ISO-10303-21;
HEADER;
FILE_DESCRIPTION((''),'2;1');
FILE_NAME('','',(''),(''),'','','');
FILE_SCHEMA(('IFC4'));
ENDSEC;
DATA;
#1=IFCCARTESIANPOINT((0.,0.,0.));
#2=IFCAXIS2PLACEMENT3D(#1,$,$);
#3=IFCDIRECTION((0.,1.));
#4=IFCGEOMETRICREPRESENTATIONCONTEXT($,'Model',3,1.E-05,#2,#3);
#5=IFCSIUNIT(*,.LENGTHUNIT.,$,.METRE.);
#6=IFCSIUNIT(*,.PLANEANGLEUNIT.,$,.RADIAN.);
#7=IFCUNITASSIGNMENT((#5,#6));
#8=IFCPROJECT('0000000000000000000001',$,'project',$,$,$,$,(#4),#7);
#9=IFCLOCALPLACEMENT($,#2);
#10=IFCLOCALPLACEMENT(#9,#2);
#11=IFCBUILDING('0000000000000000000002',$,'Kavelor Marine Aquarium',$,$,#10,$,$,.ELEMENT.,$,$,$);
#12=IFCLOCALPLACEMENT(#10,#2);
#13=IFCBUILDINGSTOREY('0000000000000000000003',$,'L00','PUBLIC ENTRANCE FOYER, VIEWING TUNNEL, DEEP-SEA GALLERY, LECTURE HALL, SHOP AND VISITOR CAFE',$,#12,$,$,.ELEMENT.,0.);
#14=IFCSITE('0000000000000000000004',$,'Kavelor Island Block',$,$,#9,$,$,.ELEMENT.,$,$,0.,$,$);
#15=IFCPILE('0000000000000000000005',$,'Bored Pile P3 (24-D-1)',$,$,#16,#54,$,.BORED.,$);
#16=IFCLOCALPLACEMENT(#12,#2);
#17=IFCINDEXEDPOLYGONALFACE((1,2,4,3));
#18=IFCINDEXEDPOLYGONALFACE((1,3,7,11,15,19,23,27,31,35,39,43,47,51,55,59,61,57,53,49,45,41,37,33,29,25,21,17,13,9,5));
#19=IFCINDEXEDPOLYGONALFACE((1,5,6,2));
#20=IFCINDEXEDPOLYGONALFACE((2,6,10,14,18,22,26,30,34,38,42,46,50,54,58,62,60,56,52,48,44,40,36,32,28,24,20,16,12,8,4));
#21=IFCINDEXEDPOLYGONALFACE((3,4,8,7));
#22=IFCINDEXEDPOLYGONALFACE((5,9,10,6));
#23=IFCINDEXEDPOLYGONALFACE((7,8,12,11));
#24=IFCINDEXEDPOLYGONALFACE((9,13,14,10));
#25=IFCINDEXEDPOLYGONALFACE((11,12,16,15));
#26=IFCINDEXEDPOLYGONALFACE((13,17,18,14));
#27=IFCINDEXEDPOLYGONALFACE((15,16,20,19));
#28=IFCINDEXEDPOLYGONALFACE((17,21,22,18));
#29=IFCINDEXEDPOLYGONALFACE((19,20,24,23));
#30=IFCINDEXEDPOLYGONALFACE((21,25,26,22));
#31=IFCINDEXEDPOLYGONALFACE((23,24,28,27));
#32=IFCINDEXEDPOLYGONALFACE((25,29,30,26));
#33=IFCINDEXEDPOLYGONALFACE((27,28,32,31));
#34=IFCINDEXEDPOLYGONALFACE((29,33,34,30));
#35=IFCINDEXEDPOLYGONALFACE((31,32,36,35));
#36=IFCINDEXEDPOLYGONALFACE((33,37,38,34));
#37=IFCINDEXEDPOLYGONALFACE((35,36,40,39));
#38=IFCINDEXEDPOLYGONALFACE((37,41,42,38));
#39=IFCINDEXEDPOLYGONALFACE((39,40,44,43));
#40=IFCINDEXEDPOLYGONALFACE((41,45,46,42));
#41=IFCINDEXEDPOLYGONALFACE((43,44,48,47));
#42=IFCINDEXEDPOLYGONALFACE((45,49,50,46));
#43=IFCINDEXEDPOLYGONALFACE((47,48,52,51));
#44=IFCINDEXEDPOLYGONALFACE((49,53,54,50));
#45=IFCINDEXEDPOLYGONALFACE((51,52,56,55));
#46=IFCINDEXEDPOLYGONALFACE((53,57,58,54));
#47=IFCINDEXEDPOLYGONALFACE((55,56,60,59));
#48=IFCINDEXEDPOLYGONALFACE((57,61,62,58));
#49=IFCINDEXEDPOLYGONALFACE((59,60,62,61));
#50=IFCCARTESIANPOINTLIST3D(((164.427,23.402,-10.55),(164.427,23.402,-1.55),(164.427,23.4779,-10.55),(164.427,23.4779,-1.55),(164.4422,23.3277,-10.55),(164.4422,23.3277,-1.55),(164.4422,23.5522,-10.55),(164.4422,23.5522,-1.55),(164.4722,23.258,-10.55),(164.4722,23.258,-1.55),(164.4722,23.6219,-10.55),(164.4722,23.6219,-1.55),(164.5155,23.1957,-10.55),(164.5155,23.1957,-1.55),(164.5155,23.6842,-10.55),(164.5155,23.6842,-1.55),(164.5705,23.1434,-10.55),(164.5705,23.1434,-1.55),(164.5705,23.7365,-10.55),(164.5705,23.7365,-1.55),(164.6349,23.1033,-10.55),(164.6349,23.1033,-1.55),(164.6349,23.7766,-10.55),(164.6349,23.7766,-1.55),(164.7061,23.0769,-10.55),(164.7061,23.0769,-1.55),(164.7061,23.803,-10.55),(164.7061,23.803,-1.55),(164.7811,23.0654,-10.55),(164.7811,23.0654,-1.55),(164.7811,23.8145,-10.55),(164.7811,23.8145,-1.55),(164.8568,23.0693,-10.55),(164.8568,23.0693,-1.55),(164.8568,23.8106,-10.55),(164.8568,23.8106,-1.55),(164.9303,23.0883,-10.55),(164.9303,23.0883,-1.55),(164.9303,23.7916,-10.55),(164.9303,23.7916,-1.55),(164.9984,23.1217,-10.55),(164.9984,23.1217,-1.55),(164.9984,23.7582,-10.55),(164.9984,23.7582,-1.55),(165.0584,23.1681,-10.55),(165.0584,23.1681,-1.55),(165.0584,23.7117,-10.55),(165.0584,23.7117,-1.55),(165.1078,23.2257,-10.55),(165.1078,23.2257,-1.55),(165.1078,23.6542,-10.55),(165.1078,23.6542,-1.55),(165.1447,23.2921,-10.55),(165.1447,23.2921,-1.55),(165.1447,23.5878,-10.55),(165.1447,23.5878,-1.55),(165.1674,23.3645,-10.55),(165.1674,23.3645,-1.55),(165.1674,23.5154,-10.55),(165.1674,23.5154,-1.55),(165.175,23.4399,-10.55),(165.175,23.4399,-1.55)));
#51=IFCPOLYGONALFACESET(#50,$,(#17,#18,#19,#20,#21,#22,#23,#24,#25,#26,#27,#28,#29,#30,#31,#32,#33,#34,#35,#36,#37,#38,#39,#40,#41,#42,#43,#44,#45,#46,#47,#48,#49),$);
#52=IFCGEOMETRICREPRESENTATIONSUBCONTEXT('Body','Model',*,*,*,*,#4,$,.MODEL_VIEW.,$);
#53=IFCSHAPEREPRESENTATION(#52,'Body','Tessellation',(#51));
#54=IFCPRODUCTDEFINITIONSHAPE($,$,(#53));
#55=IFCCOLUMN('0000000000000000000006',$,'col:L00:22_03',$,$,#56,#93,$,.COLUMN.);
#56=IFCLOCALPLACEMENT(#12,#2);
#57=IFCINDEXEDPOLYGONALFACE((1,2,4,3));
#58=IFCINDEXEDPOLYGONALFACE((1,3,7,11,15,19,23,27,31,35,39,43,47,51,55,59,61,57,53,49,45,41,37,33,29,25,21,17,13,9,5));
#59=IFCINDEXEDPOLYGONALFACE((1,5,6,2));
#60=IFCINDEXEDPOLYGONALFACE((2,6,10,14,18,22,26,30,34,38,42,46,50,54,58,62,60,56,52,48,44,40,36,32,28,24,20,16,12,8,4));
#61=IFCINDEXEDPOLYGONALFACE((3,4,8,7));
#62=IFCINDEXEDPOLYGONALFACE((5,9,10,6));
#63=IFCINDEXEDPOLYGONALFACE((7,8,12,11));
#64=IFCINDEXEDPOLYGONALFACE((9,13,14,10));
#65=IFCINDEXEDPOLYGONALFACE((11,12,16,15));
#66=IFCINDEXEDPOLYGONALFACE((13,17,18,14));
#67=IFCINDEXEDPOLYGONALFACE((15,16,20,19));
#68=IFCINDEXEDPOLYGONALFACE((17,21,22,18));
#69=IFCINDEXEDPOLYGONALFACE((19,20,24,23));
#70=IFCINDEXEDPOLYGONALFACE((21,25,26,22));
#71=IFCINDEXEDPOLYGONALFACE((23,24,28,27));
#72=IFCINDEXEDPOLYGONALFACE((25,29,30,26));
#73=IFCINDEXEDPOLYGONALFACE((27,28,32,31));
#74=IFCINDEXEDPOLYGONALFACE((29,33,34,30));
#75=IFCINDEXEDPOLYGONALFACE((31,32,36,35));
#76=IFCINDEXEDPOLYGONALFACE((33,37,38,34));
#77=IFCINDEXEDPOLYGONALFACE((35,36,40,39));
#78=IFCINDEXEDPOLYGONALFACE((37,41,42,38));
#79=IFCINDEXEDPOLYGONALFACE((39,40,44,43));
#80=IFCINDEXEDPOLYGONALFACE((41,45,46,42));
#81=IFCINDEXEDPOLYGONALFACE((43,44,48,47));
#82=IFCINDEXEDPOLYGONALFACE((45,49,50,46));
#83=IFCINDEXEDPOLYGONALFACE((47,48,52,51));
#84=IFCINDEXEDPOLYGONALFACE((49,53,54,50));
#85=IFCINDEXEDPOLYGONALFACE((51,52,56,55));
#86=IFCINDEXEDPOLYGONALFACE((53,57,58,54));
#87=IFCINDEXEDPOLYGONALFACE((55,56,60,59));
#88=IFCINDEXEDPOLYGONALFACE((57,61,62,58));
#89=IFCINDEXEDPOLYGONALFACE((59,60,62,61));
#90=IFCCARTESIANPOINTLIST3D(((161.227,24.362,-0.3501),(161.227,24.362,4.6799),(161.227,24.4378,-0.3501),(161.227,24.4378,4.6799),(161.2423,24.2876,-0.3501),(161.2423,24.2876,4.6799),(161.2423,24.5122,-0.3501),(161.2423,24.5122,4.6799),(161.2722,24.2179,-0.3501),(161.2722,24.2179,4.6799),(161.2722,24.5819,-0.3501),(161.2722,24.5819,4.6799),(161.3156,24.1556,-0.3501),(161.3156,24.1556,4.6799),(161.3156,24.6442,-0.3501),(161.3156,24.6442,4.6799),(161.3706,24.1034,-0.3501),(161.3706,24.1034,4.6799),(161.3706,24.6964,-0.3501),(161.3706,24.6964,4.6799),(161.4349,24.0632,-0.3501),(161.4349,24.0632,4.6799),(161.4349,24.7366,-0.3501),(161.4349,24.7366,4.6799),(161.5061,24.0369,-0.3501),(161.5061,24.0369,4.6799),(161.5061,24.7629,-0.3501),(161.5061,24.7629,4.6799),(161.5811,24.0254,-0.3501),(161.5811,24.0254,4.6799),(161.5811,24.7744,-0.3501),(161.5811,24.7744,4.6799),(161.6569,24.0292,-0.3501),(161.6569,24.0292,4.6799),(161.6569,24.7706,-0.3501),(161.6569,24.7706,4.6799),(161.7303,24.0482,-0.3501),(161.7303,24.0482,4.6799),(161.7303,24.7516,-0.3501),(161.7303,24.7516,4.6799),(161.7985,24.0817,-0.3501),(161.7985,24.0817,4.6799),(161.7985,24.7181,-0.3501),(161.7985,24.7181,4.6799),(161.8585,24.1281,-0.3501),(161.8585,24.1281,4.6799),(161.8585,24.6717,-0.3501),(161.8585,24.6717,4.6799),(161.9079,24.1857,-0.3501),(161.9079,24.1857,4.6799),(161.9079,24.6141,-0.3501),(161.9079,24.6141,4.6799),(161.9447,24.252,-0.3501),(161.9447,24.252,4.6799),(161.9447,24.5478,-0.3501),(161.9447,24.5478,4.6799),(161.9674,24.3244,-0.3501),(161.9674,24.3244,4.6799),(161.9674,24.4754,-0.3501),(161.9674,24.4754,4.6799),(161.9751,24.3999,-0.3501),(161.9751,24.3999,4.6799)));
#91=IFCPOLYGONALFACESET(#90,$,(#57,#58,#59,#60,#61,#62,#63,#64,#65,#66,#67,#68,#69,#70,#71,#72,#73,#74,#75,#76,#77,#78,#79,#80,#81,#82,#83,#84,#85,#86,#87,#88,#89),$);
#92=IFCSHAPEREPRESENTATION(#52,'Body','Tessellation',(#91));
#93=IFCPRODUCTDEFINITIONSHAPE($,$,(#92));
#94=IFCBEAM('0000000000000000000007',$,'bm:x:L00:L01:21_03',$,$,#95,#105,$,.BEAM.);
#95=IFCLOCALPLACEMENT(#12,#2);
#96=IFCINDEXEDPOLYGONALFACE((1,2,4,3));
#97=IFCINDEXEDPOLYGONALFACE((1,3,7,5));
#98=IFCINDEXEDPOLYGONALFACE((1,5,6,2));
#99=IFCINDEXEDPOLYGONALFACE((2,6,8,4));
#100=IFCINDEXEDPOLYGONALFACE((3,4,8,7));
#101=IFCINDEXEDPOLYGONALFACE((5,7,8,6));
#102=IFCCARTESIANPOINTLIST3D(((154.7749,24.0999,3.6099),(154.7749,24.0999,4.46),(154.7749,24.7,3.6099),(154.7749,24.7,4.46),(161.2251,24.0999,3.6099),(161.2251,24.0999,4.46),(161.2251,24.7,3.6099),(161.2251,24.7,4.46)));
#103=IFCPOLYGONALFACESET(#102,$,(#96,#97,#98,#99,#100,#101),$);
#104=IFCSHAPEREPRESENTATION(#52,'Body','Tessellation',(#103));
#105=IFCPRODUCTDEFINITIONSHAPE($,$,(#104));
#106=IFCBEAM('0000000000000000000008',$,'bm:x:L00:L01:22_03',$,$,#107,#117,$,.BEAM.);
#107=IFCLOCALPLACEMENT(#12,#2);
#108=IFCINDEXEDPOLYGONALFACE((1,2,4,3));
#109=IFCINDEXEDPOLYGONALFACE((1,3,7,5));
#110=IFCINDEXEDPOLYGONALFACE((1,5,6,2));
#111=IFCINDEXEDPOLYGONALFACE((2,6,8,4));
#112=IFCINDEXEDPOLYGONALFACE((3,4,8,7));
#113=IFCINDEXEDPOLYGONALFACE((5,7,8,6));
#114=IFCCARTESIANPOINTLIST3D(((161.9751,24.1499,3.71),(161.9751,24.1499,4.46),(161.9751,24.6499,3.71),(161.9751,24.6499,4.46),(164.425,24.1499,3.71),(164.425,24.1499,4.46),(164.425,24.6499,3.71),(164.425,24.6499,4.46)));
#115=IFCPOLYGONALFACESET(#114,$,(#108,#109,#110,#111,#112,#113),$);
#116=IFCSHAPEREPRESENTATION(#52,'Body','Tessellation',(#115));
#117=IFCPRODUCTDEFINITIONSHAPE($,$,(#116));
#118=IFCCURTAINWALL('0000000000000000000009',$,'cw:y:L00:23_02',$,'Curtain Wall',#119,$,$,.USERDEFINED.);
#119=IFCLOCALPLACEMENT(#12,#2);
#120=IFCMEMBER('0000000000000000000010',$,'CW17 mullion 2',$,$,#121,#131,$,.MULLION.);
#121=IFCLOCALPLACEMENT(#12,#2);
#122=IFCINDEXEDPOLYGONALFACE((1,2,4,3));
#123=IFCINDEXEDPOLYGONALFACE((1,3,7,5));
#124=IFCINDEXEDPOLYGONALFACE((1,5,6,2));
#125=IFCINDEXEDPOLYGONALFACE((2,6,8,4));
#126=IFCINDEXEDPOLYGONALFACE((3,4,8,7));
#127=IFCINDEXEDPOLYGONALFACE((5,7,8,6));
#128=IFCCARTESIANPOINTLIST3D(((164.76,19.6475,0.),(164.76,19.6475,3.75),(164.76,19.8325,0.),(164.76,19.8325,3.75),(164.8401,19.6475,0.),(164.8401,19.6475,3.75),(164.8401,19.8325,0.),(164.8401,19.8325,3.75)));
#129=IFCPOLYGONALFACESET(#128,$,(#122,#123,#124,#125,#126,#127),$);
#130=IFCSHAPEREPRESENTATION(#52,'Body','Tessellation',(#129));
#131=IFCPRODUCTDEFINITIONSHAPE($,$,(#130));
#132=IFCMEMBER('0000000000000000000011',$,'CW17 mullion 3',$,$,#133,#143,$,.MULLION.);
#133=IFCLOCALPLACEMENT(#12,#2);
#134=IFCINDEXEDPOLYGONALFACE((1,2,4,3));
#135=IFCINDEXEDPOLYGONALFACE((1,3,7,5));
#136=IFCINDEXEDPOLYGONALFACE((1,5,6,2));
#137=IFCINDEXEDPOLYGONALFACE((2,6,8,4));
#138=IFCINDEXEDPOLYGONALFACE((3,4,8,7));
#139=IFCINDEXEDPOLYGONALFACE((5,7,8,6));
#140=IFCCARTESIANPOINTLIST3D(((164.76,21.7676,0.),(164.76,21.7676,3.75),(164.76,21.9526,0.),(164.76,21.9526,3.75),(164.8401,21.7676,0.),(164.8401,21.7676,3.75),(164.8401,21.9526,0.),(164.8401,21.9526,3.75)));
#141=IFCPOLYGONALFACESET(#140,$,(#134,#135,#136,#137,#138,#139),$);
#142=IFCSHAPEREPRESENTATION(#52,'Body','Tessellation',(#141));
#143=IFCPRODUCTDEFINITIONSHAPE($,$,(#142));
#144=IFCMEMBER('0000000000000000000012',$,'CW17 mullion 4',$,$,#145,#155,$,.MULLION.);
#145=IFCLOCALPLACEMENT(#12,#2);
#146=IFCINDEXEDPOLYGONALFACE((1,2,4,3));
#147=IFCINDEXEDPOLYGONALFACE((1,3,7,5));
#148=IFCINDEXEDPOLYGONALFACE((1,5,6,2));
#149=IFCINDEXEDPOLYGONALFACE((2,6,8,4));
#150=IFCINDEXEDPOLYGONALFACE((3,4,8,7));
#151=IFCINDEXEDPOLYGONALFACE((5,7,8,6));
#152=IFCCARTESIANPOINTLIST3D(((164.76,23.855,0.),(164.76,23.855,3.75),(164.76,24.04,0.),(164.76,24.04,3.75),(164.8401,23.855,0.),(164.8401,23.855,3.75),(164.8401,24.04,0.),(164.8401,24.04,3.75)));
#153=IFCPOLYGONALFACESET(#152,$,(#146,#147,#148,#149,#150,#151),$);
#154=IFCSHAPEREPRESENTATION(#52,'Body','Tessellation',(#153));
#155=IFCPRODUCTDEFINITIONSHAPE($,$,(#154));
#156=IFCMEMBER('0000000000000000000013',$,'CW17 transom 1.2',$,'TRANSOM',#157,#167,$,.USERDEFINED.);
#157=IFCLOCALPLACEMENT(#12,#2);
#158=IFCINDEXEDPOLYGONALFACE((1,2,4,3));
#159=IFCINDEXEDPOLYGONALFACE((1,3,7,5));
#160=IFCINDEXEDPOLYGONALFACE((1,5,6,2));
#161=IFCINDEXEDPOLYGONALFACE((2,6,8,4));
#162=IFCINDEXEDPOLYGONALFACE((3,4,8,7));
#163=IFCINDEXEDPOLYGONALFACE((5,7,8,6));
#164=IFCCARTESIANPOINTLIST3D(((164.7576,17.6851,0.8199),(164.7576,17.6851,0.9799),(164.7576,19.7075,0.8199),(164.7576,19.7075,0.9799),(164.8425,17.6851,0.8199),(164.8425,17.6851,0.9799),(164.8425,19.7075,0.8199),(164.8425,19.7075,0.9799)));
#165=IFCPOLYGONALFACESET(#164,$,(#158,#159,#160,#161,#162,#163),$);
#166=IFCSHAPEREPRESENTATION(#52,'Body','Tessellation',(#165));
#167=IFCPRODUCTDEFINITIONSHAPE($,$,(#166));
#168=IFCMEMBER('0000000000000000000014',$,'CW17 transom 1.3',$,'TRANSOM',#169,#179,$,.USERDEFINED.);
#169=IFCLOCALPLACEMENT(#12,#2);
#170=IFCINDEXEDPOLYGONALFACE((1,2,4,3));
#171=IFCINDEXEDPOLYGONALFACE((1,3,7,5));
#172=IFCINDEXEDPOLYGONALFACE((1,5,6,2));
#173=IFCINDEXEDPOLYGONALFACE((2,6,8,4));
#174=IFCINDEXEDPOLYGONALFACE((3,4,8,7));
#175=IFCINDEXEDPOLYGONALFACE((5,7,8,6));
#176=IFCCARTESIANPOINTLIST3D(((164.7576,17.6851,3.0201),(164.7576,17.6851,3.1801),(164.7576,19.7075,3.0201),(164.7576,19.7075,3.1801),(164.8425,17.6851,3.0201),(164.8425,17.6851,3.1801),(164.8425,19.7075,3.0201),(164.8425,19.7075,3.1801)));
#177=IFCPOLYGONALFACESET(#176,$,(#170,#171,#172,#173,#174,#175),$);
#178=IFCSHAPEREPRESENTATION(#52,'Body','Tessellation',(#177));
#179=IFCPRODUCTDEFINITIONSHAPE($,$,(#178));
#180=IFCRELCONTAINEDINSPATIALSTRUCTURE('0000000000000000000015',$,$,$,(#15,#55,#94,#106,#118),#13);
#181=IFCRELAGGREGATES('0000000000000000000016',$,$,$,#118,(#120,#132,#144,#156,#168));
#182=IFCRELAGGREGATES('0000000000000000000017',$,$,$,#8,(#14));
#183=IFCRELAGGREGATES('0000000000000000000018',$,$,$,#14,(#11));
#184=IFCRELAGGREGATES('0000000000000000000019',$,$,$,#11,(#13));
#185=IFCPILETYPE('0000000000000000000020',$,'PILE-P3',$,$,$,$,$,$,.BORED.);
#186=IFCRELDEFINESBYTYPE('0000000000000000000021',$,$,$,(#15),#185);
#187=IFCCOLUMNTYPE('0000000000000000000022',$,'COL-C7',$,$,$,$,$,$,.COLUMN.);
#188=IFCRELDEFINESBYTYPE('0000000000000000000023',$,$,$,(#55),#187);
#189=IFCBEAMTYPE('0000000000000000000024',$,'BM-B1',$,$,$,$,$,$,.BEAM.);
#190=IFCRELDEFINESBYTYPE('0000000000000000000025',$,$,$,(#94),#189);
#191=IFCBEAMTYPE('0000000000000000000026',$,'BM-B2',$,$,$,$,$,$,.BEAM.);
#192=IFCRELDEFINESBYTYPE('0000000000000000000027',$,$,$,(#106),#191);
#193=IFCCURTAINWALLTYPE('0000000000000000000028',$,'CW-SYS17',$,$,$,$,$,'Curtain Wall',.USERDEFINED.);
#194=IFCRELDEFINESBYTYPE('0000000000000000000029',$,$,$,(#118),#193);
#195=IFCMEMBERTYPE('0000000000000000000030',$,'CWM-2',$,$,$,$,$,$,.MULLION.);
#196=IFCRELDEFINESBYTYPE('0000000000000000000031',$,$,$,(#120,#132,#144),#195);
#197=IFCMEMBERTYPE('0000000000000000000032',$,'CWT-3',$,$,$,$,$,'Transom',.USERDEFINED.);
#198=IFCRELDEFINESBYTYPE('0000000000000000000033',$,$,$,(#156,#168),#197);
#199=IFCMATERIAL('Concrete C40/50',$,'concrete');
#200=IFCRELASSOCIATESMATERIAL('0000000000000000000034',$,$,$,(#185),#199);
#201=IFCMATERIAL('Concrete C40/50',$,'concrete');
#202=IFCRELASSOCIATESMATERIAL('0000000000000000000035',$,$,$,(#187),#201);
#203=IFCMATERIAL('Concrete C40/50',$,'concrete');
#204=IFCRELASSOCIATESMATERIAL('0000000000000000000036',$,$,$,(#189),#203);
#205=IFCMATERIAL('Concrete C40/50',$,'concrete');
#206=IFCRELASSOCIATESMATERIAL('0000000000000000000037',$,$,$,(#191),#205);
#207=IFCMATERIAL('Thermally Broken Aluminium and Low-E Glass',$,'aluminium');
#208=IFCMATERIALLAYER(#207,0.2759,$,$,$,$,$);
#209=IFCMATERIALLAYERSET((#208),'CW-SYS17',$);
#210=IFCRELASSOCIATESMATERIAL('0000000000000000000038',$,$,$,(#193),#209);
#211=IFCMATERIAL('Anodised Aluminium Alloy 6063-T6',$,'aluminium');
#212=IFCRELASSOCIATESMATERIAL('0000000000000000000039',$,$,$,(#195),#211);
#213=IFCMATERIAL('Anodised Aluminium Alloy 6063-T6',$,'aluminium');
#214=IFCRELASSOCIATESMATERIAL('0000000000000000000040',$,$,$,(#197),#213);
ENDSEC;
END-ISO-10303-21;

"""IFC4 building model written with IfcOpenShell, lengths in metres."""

from ifc_helpers import new_model, si_unit, direction, frame, origin, origin_2d, place, context, subcontext, project, spatial, rectangle, circle, extrude, material, layer, layer_set, material_profile, profile_set, type_object, element, aggregate, save


model = new_model("IFC4")

# Units and contexts
model_context = context("Model", 3, precision=1e-05, world=origin(), true_north=direction((0.0, 1.0)))
body_context = subcontext(model_context, "Body", "Model", "MODEL_VIEW")
ifc_project = project(units=[si_unit("LENGTHUNIT", "METRE"), si_unit("PLANEANGLEUNIT", "RADIAN")], contexts=[model_context])

# Site, building, storey
site_placement = place(None, origin())
site = spatial("IfcSite", under=ifc_project, at=site_placement, Name="Kavelor Island Block", CompositionType="ELEMENT", RefElevation=0.0)
building_placement = place(site_placement, origin())
building = spatial("IfcBuilding", under=site, at=building_placement, Name="Kavelor Marine Aquarium", CompositionType="ELEMENT")
storey_placement = place(building_placement, origin())
storey = spatial("IfcBuildingStorey", under=building, at=storey_placement, Name="L00", Description="PUBLIC ENTRANCE FOYER, VIEWING TUNNEL, DEEP-SEA GALLERY, LECTURE HALL, SHOP AND VISITOR CAFE", CompositionType="ELEMENT", Elevation=0.0)

# Pile
ifc_material_1 = material(Name="Concrete C40/50", Category="concrete")
ifc_material_profile_1 = material_profile(ifc_material_1, circle(Radius=0.375, at=origin_2d()), Name="PILE D750")
ifc_profile_set_1 = profile_set([ifc_material_profile_1], Name="Concrete C40/50")
pile_type = type_object("IfcPileType", Name="PILE-P3", PredefinedType="BORED", material=ifc_profile_set_1)
for number, where, z_axis, x_axis, name in (
    (1, (164.8, 23.4399, -1.55), (0.0, 0.0, -1.0), (1.0, 0.0, 0.0), "Bored Pile P3 (24-D-1)"),
):
    element("IfcPile", number, at=place(storey_placement, frame(where, z_axis=z_axis, x_axis=x_axis)), inside=storey, type_object=pile_type, Name=name, PredefinedType="BORED", context=body_context, shape_type="SweptSolid", body=[
        extrude(circle(Radius=0.375, at=origin_2d()), origin(), (0.0, 0.0, 1.0), 9.0),
    ])

# Column
ifc_material_2 = material(Name="Concrete C40/50", Category="concrete")
ifc_material_profile_2 = material_profile(ifc_material_2, circle(Radius=0.375, at=origin_2d()), Name="RC-COL D750")
ifc_profile_set_2 = profile_set([ifc_material_profile_2], Name="Concrete C40/50")
column_type = type_object("IfcColumnType", Name="COL-C7", PredefinedType="COLUMN", material=ifc_profile_set_2)
column_placement = place(storey_placement, frame((161.6001, 24.3999, -0.3501), z_axis=(0.0, 0.0, 1.0), x_axis=(1.0, 0.0, 0.0)))
element("IfcColumn", 2, at=column_placement, inside=storey, type_object=column_type, Name="col:L00:22_03", PredefinedType="COLUMN", context=body_context, shape_type="SweptSolid", body=[
    extrude(circle(Radius=0.375, at=origin_2d()), origin(), (0.0, 0.0, 1.0), 5.03),
])

# Beams
ifc_material_3 = material(Name="Concrete C40/50", Category="concrete")
ifc_material_profile_3 = material_profile(ifc_material_3, rectangle(XDim=0.6001, YDim=0.8501, at=origin_2d()), Name="RC-BM 600x850")
ifc_profile_set_3 = profile_set([ifc_material_profile_3], Name="Concrete C40/50")
beam_type_1 = type_object("IfcBeamType", Name="BM-B1", PredefinedType="BEAM", material=ifc_profile_set_3)
beam_1_placement = place(storey_placement, frame((154.7749, 24.3999, 4.0349), z_axis=(1.0, 0.0, 0.0), x_axis=(0.0, 1.0, 0.0)))
element("IfcBeam", 3, at=beam_1_placement, inside=storey, type_object=beam_type_1, Name="bm:x:L00:L01:21_03", PredefinedType="BEAM", context=body_context, shape_type="SweptSolid", body=[
    extrude(rectangle(XDim=0.6001, YDim=0.8501, at=origin_2d()), origin(), (0.0, 0.0, 1.0), 6.4502),
])
ifc_material_4 = material(Name="Concrete C40/50", Category="concrete")
ifc_material_profile_4 = material_profile(ifc_material_4, rectangle(XDim=0.5, YDim=0.75, at=origin_2d()), Name="RC-BM 500x750")
ifc_profile_set_4 = profile_set([ifc_material_profile_4], Name="Concrete C40/50")
beam_type_2 = type_object("IfcBeamType", Name="BM-B2", PredefinedType="BEAM", material=ifc_profile_set_4)
beam_2_placement = place(storey_placement, frame((161.9751, 24.3999, 4.085), z_axis=(1.0, 0.0, 0.0), x_axis=(0.0, 1.0, 0.0)))
element("IfcBeam", 4, at=beam_2_placement, inside=storey, type_object=beam_type_2, Name="bm:x:L00:L01:22_03", PredefinedType="BEAM", context=body_context, shape_type="SweptSolid", body=[
    extrude(rectangle(XDim=0.5, YDim=0.75, at=origin_2d()), origin(), (0.0, 0.0, 1.0), 2.45),
])

# Curtain wall, members
ifc_material_5 = material(Name="Thermally Broken Aluminium and Low-E Glass", Category="aluminium")
ifc_layer_1 = layer(ifc_material_5, 0.2759)
ifc_layer_set_1 = layer_set([ifc_layer_1], Name="CW-SYS17")
curtain_wall_type = type_object("IfcCurtainWallType", Name="CW-SYS17", ElementType="Curtain Wall", PredefinedType="USERDEFINED", material=ifc_layer_set_1)
curtain_wall_placement = place(storey_placement, origin())
curtain_wall = element("IfcCurtainWall", 5, at=curtain_wall_placement, inside=storey, type_object=curtain_wall_type, Name="cw:y:L00:23_02", ObjectType="Curtain Wall", PredefinedType="USERDEFINED")
ifc_material_6 = material(Name="Anodised Aluminium Alloy 6063-T6", Category="aluminium")
ifc_material_profile_5 = material_profile(ifc_material_6, rectangle(XDim=0.0801, YDim=0.1851, at=origin_2d()), Name="CW-MUL 80x185")
ifc_profile_set_5 = profile_set([ifc_material_profile_5], Name="Anodised Aluminium Alloy 6063-T6")
member_type_1 = type_object("IfcMemberType", Name="CWM-2", PredefinedType="MULLION", material=ifc_profile_set_5)
member_1_placement = place(storey_placement, frame((164.8, 19.74, 0.0), z_axis=(0.0, 0.0, 1.0), x_axis=(-1.0, 0.0, 0.0)))
member_1 = element("IfcMember", 6, at=member_1_placement, type_object=member_type_1, Name="CW17 mullion 2", PredefinedType="MULLION", context=body_context, shape_type="SweptSolid", body=[
    extrude(rectangle(XDim=0.0801, YDim=0.1851, at=origin_2d()), origin(), (0.0, 0.0, 1.0), 3.75),
])
member_2_placement = place(storey_placement, frame((164.8, 21.8601, 0.0), z_axis=(0.0, 0.0, 1.0), x_axis=(-1.0, 0.0, 0.0)))
member_2 = element("IfcMember", 7, at=member_2_placement, type_object=member_type_1, Name="CW17 mullion 3", PredefinedType="MULLION", context=body_context, shape_type="SweptSolid", body=[
    extrude(rectangle(XDim=0.0801, YDim=0.1851, at=origin_2d()), origin(), (0.0, 0.0, 1.0), 3.75),
])
member_3_placement = place(storey_placement, frame((164.8, 23.9475, 0.0), z_axis=(0.0, 0.0, 1.0), x_axis=(-1.0, 0.0, 0.0)))
member_3 = element("IfcMember", 8, at=member_3_placement, type_object=member_type_1, Name="CW17 mullion 4", PredefinedType="MULLION", context=body_context, shape_type="SweptSolid", body=[
    extrude(rectangle(XDim=0.0801, YDim=0.1851, at=origin_2d()), origin(), (0.0, 0.0, 1.0), 3.75),
])
ifc_material_7 = material(Name="Anodised Aluminium Alloy 6063-T6", Category="aluminium")
ifc_material_profile_6 = material_profile(ifc_material_7, rectangle(XDim=0.085, YDim=0.1599, at=origin_2d()), Name="CW-TRN 85x160")
ifc_profile_set_6 = profile_set([ifc_material_profile_6], Name="Anodised Aluminium Alloy 6063-T6")
member_type_2 = type_object("IfcMemberType", Name="CWT-3", ElementType="Transom", PredefinedType="USERDEFINED", material=ifc_profile_set_6)
member_4_placement = place(storey_placement, frame((164.8, 17.6851, 0.8999), z_axis=(0.0, 1.0, 0.0), x_axis=(-1.0, 0.0, 0.0)))
member_4 = element("IfcMember", 9, at=member_4_placement, type_object=member_type_2, Name="CW17 transom 1.2", ObjectType="TRANSOM", PredefinedType="USERDEFINED", context=body_context, shape_type="SweptSolid", body=[
    extrude(rectangle(XDim=0.085, YDim=0.1599, at=origin_2d()), origin(), (0.0, 0.0, 1.0), 2.0225),
])
member_5_placement = place(storey_placement, frame((164.8, 17.6851, 3.1001), z_axis=(0.0, 1.0, 0.0), x_axis=(-1.0, 0.0, 0.0)))
member_5 = element("IfcMember", 10, at=member_5_placement, type_object=member_type_2, Name="CW17 transom 1.3", ObjectType="TRANSOM", PredefinedType="USERDEFINED", context=body_context, shape_type="SweptSolid", body=[
    extrude(rectangle(XDim=0.085, YDim=0.1599, at=origin_2d()), origin(), (0.0, 0.0, 1.0), 2.0225),
])
aggregate(curtain_wall, [member_1, member_2, member_3, member_4, member_5])

save(model, "model.ifc")
